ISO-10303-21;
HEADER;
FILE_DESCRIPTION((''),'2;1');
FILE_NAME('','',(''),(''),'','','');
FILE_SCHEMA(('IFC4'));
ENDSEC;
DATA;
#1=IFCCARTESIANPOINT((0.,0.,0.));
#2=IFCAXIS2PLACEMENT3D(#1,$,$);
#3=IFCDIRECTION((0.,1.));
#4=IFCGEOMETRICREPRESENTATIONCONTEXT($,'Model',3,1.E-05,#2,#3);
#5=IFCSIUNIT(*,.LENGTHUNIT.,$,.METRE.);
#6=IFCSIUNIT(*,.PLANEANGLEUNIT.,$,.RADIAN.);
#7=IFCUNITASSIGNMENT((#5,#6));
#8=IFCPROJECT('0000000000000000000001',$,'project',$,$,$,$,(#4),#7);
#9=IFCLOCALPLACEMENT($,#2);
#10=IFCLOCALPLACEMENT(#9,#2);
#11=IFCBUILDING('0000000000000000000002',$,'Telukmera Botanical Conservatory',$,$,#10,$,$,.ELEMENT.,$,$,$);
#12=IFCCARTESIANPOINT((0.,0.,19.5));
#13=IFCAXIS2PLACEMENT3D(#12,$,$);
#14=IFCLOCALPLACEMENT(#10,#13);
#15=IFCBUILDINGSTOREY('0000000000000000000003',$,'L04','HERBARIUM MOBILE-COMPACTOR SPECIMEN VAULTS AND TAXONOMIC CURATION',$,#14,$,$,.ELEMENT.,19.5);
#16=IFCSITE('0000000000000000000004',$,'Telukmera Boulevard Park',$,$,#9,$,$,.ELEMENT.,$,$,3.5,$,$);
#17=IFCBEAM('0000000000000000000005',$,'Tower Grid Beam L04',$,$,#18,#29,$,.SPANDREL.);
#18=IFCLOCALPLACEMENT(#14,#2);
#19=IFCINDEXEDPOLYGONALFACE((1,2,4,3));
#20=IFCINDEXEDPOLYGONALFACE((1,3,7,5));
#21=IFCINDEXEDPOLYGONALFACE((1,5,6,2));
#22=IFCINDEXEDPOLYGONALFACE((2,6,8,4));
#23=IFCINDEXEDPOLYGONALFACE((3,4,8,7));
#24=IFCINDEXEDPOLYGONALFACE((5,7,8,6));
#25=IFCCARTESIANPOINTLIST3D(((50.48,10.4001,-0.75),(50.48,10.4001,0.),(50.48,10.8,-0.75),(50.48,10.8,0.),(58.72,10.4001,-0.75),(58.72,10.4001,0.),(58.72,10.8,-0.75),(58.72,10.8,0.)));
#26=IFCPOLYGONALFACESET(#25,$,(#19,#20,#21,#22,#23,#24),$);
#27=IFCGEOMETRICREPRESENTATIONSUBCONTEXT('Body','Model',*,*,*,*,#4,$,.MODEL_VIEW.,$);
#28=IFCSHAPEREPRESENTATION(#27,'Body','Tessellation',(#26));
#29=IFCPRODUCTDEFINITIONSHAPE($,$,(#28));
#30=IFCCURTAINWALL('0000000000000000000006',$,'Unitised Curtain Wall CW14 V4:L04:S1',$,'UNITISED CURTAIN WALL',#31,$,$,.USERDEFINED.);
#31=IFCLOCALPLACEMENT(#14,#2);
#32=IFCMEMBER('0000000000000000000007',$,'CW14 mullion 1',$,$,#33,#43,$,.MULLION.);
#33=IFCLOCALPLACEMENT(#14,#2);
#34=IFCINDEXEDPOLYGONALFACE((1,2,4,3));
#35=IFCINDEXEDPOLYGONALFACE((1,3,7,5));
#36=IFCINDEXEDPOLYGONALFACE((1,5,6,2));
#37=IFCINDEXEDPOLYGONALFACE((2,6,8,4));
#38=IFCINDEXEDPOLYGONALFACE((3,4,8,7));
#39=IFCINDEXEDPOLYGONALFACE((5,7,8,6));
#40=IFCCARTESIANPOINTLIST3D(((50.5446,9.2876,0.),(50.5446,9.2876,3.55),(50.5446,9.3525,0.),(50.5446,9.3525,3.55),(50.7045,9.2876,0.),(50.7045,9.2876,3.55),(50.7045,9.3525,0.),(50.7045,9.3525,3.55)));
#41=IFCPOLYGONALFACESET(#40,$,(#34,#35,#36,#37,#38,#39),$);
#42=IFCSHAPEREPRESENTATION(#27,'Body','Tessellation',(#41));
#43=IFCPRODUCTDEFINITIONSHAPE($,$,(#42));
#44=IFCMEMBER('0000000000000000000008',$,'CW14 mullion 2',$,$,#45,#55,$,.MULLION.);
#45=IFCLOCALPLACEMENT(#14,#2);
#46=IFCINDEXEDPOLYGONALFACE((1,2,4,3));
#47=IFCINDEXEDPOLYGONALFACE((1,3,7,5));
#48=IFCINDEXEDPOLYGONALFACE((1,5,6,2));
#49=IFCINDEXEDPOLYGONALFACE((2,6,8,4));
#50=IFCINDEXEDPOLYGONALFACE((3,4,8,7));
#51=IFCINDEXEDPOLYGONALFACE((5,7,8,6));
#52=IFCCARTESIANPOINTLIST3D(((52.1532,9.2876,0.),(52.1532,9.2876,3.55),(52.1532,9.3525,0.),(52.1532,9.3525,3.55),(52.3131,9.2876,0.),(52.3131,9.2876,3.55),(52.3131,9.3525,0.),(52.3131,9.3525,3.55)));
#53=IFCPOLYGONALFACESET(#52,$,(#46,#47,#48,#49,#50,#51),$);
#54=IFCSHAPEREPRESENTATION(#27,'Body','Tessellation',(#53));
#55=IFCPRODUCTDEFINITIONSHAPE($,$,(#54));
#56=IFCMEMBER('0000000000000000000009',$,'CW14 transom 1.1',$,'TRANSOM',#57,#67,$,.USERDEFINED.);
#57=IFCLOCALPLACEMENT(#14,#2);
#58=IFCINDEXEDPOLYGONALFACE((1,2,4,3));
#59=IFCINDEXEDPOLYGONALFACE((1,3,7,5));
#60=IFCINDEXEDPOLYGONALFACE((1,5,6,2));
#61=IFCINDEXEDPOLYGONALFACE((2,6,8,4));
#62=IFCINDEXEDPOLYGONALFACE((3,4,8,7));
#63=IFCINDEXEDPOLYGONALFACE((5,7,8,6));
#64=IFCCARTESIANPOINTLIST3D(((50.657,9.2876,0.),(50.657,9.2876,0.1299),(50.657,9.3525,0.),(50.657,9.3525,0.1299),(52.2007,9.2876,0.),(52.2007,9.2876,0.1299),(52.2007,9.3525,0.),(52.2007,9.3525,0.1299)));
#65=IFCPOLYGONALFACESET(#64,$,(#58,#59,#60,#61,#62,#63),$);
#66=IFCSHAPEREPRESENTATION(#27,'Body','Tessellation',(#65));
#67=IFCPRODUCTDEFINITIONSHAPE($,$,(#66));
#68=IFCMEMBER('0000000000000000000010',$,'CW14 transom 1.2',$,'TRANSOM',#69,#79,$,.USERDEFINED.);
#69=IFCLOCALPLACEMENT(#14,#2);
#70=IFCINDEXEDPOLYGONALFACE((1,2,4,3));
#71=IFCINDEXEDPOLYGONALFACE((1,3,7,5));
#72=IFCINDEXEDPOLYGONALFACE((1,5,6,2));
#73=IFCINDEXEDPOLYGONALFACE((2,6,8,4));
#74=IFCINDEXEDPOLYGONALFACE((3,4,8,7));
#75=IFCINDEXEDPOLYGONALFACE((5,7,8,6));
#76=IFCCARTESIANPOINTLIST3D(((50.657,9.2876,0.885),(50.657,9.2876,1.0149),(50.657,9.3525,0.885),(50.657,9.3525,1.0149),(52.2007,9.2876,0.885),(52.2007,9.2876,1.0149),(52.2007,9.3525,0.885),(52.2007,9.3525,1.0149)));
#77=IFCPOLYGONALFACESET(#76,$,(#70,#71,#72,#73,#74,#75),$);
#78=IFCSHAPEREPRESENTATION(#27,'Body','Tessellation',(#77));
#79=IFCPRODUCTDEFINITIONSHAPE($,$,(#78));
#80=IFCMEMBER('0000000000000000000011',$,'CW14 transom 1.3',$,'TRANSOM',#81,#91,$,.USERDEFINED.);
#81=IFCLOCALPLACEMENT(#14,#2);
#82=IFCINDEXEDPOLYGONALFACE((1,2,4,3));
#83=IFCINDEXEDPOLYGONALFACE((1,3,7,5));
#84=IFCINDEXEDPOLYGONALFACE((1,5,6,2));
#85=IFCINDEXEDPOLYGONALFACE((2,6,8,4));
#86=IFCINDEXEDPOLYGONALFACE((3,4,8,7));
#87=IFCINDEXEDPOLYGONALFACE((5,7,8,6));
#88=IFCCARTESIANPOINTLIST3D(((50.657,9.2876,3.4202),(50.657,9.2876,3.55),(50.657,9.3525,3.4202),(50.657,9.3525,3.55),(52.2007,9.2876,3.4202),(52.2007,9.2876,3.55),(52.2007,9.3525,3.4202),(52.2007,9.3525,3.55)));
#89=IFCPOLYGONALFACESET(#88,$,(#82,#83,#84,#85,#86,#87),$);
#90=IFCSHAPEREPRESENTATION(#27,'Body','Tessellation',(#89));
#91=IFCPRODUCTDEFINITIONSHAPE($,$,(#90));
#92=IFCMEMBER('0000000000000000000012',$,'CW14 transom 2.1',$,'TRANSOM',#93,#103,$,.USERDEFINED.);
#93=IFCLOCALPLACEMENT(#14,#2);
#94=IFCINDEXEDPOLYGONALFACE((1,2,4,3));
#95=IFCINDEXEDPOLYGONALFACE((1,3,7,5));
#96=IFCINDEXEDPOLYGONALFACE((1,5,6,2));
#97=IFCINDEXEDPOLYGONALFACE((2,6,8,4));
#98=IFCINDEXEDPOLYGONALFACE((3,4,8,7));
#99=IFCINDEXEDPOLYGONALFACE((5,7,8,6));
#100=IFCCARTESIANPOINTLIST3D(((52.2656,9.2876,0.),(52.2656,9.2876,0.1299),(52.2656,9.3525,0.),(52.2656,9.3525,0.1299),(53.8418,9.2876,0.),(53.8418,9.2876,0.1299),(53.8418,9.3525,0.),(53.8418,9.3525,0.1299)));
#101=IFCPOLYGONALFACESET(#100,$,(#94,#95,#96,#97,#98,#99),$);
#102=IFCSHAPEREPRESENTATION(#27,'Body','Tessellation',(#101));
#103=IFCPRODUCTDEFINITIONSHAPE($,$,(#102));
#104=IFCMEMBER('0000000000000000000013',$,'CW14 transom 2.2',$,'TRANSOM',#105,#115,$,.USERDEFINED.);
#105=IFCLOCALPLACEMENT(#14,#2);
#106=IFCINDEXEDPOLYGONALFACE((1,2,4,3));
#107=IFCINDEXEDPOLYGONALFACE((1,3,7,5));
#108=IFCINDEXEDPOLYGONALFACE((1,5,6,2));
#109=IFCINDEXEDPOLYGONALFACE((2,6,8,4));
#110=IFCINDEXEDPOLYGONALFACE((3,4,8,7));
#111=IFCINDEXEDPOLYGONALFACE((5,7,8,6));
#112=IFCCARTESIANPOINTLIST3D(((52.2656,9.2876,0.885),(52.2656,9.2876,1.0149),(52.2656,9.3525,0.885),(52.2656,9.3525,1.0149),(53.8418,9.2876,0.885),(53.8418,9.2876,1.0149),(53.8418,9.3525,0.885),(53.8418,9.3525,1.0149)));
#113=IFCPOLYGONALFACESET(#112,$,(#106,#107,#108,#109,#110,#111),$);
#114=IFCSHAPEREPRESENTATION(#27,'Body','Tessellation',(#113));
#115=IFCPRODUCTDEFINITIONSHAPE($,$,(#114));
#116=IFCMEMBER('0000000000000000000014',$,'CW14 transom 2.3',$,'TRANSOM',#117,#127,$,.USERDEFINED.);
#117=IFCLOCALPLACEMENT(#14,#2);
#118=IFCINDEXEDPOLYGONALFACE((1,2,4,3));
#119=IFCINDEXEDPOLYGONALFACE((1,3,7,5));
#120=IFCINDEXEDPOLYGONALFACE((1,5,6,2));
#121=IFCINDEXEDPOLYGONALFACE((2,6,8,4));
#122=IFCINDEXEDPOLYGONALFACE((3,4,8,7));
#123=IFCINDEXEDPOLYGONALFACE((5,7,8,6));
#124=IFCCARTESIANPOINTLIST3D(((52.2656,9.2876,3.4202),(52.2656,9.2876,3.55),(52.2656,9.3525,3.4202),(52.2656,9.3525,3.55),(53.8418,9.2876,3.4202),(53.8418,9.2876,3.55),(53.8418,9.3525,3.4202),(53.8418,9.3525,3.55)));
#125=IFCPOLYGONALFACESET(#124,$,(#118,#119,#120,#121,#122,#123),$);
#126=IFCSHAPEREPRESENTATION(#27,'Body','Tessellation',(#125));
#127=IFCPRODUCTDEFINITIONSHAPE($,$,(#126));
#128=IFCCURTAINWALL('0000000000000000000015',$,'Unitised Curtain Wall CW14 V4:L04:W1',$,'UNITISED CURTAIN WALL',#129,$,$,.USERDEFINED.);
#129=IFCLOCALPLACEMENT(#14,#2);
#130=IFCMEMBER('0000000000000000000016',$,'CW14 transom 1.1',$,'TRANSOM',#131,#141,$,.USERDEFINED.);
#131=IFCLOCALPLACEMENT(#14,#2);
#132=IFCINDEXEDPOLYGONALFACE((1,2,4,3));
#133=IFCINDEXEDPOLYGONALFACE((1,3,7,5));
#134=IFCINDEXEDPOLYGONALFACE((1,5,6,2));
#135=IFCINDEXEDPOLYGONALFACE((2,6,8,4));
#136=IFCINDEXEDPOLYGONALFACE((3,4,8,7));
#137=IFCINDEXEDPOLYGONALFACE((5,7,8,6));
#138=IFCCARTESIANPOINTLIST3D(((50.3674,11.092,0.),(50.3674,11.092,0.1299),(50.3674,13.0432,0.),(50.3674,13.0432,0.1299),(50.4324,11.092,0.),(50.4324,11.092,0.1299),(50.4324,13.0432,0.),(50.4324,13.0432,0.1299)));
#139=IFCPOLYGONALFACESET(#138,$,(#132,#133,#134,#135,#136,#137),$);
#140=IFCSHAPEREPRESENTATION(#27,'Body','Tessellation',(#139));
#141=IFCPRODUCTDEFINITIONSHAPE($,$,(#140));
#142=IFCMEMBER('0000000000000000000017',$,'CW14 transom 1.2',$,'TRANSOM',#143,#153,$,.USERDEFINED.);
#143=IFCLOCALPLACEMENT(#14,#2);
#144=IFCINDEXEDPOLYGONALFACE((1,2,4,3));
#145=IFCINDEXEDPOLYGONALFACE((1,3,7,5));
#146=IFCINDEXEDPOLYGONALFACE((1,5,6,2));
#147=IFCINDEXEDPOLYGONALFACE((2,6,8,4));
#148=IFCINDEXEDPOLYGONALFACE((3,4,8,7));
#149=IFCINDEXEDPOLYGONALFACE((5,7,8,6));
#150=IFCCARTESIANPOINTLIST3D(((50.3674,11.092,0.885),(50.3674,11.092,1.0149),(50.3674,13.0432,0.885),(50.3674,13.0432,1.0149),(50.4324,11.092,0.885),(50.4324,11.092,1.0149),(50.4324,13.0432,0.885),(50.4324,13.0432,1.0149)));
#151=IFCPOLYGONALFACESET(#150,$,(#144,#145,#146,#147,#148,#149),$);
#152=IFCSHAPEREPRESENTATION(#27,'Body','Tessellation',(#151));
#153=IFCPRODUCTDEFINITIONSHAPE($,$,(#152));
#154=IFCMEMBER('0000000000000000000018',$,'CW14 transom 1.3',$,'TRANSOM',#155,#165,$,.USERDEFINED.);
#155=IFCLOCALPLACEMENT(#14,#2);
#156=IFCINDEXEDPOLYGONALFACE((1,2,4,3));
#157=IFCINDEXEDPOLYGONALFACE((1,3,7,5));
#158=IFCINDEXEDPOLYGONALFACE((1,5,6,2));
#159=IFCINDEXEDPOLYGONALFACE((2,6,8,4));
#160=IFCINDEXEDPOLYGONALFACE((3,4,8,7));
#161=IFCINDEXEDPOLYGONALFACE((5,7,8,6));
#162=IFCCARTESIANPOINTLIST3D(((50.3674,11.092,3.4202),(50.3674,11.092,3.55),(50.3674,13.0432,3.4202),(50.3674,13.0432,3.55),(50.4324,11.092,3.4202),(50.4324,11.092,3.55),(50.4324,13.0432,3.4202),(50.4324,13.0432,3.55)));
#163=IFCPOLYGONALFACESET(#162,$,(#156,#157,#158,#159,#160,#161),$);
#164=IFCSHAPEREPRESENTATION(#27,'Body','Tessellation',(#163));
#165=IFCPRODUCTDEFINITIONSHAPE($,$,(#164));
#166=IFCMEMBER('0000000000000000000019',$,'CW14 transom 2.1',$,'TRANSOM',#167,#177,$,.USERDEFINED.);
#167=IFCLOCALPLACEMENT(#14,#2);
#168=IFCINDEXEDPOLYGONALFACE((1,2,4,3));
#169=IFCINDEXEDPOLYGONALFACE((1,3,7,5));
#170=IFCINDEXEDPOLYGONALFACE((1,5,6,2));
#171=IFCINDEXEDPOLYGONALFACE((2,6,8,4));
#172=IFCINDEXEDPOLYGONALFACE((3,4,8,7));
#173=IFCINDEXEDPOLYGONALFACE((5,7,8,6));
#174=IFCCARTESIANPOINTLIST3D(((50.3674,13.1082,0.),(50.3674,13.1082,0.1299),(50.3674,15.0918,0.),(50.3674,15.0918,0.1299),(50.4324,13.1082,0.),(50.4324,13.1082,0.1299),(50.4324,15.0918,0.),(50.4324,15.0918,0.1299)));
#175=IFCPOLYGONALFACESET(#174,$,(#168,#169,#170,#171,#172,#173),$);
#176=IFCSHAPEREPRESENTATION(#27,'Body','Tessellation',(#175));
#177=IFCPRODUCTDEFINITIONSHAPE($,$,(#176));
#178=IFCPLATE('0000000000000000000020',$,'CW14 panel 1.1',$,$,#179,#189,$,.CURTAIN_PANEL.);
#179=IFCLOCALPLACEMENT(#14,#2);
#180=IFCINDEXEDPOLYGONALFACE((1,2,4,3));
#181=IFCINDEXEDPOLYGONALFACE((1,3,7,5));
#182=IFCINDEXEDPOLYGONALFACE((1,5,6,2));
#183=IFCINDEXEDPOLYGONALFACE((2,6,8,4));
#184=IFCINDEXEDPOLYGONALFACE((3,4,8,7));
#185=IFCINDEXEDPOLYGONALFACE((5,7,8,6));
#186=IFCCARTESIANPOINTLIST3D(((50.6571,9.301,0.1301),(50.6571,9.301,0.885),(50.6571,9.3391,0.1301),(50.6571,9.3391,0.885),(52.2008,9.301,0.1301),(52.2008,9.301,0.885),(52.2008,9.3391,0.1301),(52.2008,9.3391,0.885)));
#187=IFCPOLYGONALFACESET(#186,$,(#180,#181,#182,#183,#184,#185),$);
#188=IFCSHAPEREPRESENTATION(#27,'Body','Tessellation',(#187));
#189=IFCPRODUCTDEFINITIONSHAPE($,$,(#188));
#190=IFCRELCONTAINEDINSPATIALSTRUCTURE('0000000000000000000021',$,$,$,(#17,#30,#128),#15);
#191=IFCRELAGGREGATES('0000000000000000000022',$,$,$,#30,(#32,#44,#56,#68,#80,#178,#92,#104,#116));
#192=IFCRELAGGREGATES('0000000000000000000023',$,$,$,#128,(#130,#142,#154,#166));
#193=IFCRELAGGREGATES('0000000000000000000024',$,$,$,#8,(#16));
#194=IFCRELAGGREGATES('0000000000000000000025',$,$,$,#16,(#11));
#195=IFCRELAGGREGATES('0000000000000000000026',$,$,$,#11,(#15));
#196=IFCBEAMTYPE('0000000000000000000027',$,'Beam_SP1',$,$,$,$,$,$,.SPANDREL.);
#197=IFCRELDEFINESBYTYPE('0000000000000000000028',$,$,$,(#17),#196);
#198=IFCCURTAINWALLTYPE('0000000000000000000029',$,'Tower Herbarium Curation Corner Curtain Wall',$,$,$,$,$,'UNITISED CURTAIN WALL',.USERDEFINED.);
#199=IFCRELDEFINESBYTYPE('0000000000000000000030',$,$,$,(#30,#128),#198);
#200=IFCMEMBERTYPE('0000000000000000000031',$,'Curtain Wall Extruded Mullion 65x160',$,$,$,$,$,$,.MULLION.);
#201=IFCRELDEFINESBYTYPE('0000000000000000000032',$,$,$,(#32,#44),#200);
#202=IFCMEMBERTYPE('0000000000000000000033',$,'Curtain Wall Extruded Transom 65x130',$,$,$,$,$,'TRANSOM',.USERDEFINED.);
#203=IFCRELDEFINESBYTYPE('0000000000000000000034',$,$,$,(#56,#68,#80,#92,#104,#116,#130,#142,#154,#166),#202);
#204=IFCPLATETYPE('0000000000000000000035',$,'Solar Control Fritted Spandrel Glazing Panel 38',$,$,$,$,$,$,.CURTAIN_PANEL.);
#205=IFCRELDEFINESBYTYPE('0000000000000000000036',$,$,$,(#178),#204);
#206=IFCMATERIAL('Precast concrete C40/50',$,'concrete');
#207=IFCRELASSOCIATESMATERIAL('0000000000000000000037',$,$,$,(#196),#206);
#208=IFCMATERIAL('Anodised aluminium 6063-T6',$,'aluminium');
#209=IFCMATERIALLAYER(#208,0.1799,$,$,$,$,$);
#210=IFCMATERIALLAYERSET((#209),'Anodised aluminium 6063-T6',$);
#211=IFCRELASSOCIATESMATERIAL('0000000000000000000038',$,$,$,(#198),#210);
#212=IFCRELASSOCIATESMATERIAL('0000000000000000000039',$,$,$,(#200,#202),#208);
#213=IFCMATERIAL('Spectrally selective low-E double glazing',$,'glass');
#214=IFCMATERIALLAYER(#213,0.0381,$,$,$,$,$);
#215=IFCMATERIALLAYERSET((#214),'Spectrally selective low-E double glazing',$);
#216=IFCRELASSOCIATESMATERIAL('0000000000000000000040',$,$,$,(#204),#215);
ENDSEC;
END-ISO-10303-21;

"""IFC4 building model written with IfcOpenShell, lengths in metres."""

from ifc_helpers import new_model, si_unit, direction, frame, origin, origin_2d, place, context, subcontext, project, spatial, rectangle, extrude, material, layer, layer_set, material_profile, profile_set, type_object, element, aggregate, save


model = new_model("IFC4")

# Units and contexts
model_context = context("Model", 3, precision=1e-05, world=origin(), true_north=direction((0.0, 1.0)))
body_context = subcontext(model_context, "Body", "Model", "MODEL_VIEW")
ifc_project = project(units=[si_unit("LENGTHUNIT", "METRE"), si_unit("PLANEANGLEUNIT", "RADIAN")], contexts=[model_context])

# Site, building, storey
site_placement = place(None, origin())
site = spatial("IfcSite", under=ifc_project, at=site_placement, Name="Telukmera Boulevard Park", CompositionType="ELEMENT", RefElevation=3.5)
building_placement = place(site_placement, origin())
building = spatial("IfcBuilding", under=site, at=building_placement, Name="Telukmera Botanical Conservatory", CompositionType="ELEMENT")
storey_placement = place(building_placement, frame((0.0, 0.0, 19.5)))
storey = spatial("IfcBuildingStorey", under=building, at=storey_placement, Name="L04", Description="HERBARIUM MOBILE-COMPACTOR SPECIMEN VAULTS AND TAXONOMIC CURATION", CompositionType="ELEMENT", Elevation=19.5)

# Beam
ifc_material_1 = material(Name="Precast concrete C40/50", Category="concrete")
ifc_material_profile_1 = material_profile(ifc_material_1, rectangle(XDim=0.3999, YDim=0.75, at=origin_2d()), Name="PC 400x750")
ifc_profile_set_1 = profile_set([ifc_material_profile_1], Name="Precast concrete C40/50")
beam_type = type_object("IfcBeamType", Name="Beam_SP1", PredefinedType="SPANDREL", material=ifc_profile_set_1)
beam_placement = place(storey_placement, frame((50.48, 10.6001, -0.375), z_axis=(1.0, 0.0, 0.0), x_axis=(0.0, 1.0, 0.0)))
element("IfcBeam", 1, at=beam_placement, inside=storey, type_object=beam_type, Name="Tower Grid Beam L04", PredefinedType="SPANDREL", context=body_context, shape_type="SweptSolid", body=[
    extrude(rectangle(XDim=0.3999, YDim=0.75, at=origin_2d()), origin(), (0.0, 0.0, 1.0), 8.24),
])

# Curtain walls, members
ifc_material_2 = material(Name="Anodised aluminium 6063-T6", Category="aluminium")
ifc_layer_1 = layer(ifc_material_2, 0.1799)
ifc_layer_set_1 = layer_set([ifc_layer_1], Name="Anodised aluminium 6063-T6")
curtain_wall_type = type_object("IfcCurtainWallType", Name="Tower Herbarium Curation Corner Curtain Wall", ElementType="UNITISED CURTAIN WALL", PredefinedType="USERDEFINED", material=ifc_layer_set_1)
curtain_wall_1_placement = place(storey_placement, origin())
curtain_wall_1 = element("IfcCurtainWall", 2, at=curtain_wall_1_placement, inside=storey, type_object=curtain_wall_type, Name="Unitised Curtain Wall CW14 V4:L04:S1", ObjectType="UNITISED CURTAIN WALL", PredefinedType="USERDEFINED")
ifc_material_profile_2 = material_profile(ifc_material_2, rectangle(XDim=0.0649, YDim=0.1599, at=origin_2d()), Name="ALU MULL 65x160")
ifc_profile_set_2 = profile_set([ifc_material_profile_2], Name="Anodised aluminium 6063-T6")
member_type_1 = type_object("IfcMemberType", Name="Curtain Wall Extruded Mullion 65x160", PredefinedType="MULLION", material=ifc_profile_set_2)
member_1_placement = place(storey_placement, frame((50.6245, 9.3201, 0.0), z_axis=(0.0, 0.0, 1.0), x_axis=(0.0, 1.0, 0.0)))
member_1 = element("IfcMember", 3, at=member_1_placement, type_object=member_type_1, Name="CW14 mullion 1", PredefinedType="MULLION", context=body_context, shape_type="SweptSolid", body=[
    extrude(rectangle(XDim=0.0649, YDim=0.1599, at=origin_2d()), origin(), (0.0, 0.0, 1.0), 3.55),
])
member_2_placement = place(storey_placement, frame((52.2332, 9.3201, 0.0), z_axis=(0.0, 0.0, 1.0), x_axis=(0.0, 1.0, 0.0)))
member_2 = element("IfcMember", 4, at=member_2_placement, type_object=member_type_1, Name="CW14 mullion 2", PredefinedType="MULLION", context=body_context, shape_type="SweptSolid", body=[
    extrude(rectangle(XDim=0.0649, YDim=0.1599, at=origin_2d()), origin(), (0.0, 0.0, 1.0), 3.55),
])
ifc_material_profile_3 = material_profile(ifc_material_2, rectangle(XDim=0.0649, YDim=0.1299, at=origin_2d()), Name="ALU TRAN 65x130")
ifc_profile_set_3 = profile_set([ifc_material_profile_3], Name="Anodised aluminium 6063-T6")
member_type_2 = type_object("IfcMemberType", Name="Curtain Wall Extruded Transom 65x130", ElementType="TRANSOM", PredefinedType="USERDEFINED", material=ifc_profile_set_3)
member_3_placement = place(storey_placement, frame((50.657, 9.3201, 0.0649), z_axis=(1.0, 0.0, 0.0), x_axis=(0.0, 1.0, 0.0)))
member_3 = element("IfcMember", 5, at=member_3_placement, type_object=member_type_2, Name="CW14 transom 1.1", ObjectType="TRANSOM", PredefinedType="USERDEFINED", context=body_context, shape_type="SweptSolid", body=[
    extrude(rectangle(XDim=0.0649, YDim=0.1299, at=origin_2d()), origin(), (0.0, 0.0, 1.0), 1.5437),
])
member_4_placement = place(storey_placement, frame((50.657, 9.3201, 0.95), z_axis=(1.0, 0.0, 0.0), x_axis=(0.0, 1.0, 0.0)))
member_4 = element("IfcMember", 6, at=member_4_placement, type_object=member_type_2, Name="CW14 transom 1.2", ObjectType="TRANSOM", PredefinedType="USERDEFINED", context=body_context, shape_type="SweptSolid", body=[
    extrude(rectangle(XDim=0.0649, YDim=0.1299, at=origin_2d()), origin(), (0.0, 0.0, 1.0), 1.5437),
])
member_5_placement = place(storey_placement, frame((50.657, 9.3201, 3.4851), z_axis=(1.0, 0.0, 0.0), x_axis=(0.0, 1.0, 0.0)))
member_5 = element("IfcMember", 7, at=member_5_placement, type_object=member_type_2, Name="CW14 transom 1.3", ObjectType="TRANSOM", PredefinedType="USERDEFINED", context=body_context, shape_type="SweptSolid", body=[
    extrude(rectangle(XDim=0.0649, YDim=0.1299, at=origin_2d()), origin(), (0.0, 0.0, 1.0), 1.5437),
])
member_6_placement = place(storey_placement, frame((52.2656, 9.3201, 0.0649), z_axis=(1.0, 0.0, 0.0), x_axis=(0.0, 1.0, 0.0)))
member_6 = element("IfcMember", 8, at=member_6_placement, type_object=member_type_2, Name="CW14 transom 2.1", ObjectType="TRANSOM", PredefinedType="USERDEFINED", context=body_context, shape_type="SweptSolid", body=[
    extrude(rectangle(XDim=0.0649, YDim=0.1299, at=origin_2d()), origin(), (0.0, 0.0, 1.0), 1.5762),
])
member_7_placement = place(storey_placement, frame((52.2656, 9.3201, 0.95), z_axis=(1.0, 0.0, 0.0), x_axis=(0.0, 1.0, 0.0)))
member_7 = element("IfcMember", 9, at=member_7_placement, type_object=member_type_2, Name="CW14 transom 2.2", ObjectType="TRANSOM", PredefinedType="USERDEFINED", context=body_context, shape_type="SweptSolid", body=[
    extrude(rectangle(XDim=0.0649, YDim=0.1299, at=origin_2d()), origin(), (0.0, 0.0, 1.0), 1.5762),
])
member_8_placement = place(storey_placement, frame((52.2656, 9.3201, 3.4851), z_axis=(1.0, 0.0, 0.0), x_axis=(0.0, 1.0, 0.0)))
member_8 = element("IfcMember", 10, at=member_8_placement, type_object=member_type_2, Name="CW14 transom 2.3", ObjectType="TRANSOM", PredefinedType="USERDEFINED", context=body_context, shape_type="SweptSolid", body=[
    extrude(rectangle(XDim=0.0649, YDim=0.1299, at=origin_2d()), origin(), (0.0, 0.0, 1.0), 1.5762),
])
curtain_wall_2_placement = place(storey_placement, origin())
curtain_wall_2 = element("IfcCurtainWall", 11, at=curtain_wall_2_placement, inside=storey, type_object=curtain_wall_type, Name="Unitised Curtain Wall CW14 V4:L04:W1", ObjectType="UNITISED CURTAIN WALL", PredefinedType="USERDEFINED")
member_9_placement = place(storey_placement, frame((50.3999, 11.092, 0.0649), z_axis=(0.0, 1.0, 0.0), x_axis=(-1.0, 0.0, 0.0)))
member_9 = element("IfcMember", 12, at=member_9_placement, type_object=member_type_2, Name="CW14 transom 1.1", ObjectType="TRANSOM", PredefinedType="USERDEFINED", context=body_context, shape_type="SweptSolid", body=[
    extrude(rectangle(XDim=0.0649, YDim=0.1299, at=origin_2d()), origin(), (0.0, 0.0, 1.0), 1.9512),
])
member_10_placement = place(storey_placement, frame((50.3999, 11.092, 0.95), z_axis=(0.0, 1.0, 0.0), x_axis=(-1.0, 0.0, 0.0)))
member_10 = element("IfcMember", 13, at=member_10_placement, type_object=member_type_2, Name="CW14 transom 1.2", ObjectType="TRANSOM", PredefinedType="USERDEFINED", context=body_context, shape_type="SweptSolid", body=[
    extrude(rectangle(XDim=0.0649, YDim=0.1299, at=origin_2d()), origin(), (0.0, 0.0, 1.0), 1.9512),
])
member_11_placement = place(storey_placement, frame((50.3999, 11.092, 3.4851), z_axis=(0.0, 1.0, 0.0), x_axis=(-1.0, 0.0, 0.0)))
member_11 = element("IfcMember", 14, at=member_11_placement, type_object=member_type_2, Name="CW14 transom 1.3", ObjectType="TRANSOM", PredefinedType="USERDEFINED", context=body_context, shape_type="SweptSolid", body=[
    extrude(rectangle(XDim=0.0649, YDim=0.1299, at=origin_2d()), origin(), (0.0, 0.0, 1.0), 1.9512),
])
member_12_placement = place(storey_placement, frame((50.3999, 13.1082, 0.0649), z_axis=(0.0, 1.0, 0.0), x_axis=(-1.0, 0.0, 0.0)))
member_12 = element("IfcMember", 15, at=member_12_placement, type_object=member_type_2, Name="CW14 transom 2.1", ObjectType="TRANSOM", PredefinedType="USERDEFINED", context=body_context, shape_type="SweptSolid", body=[
    extrude(rectangle(XDim=0.0649, YDim=0.1299, at=origin_2d()), origin(), (0.0, 0.0, 1.0), 1.9836),
])

# Plate
ifc_material_3 = material(Name="Spectrally selective low-E double glazing", Category="glass")
ifc_layer_2 = layer(ifc_material_3, 0.0381)
ifc_layer_set_2 = layer_set([ifc_layer_2], Name="Spectrally selective low-E double glazing")
plate_type = type_object("IfcPlateType", Name="Solar Control Fritted Spandrel Glazing Panel 38", PredefinedType="CURTAIN_PANEL", material=ifc_layer_set_2)
plate_1_placement = place(storey_placement, frame((51.429, 9.3201, 0.1301), z_axis=(0.0, 0.0, 1.0), x_axis=(1.0, 0.0, 0.0)))
plate_1 = element("IfcPlate", 16, at=plate_1_placement, type_object=plate_type, Name="CW14 panel 1.1", PredefinedType="CURTAIN_PANEL", context=body_context, shape_type="SweptSolid", body=[
    extrude(rectangle(XDim=1.5437, YDim=0.0381, at=origin_2d()), origin(), (0.0, 0.0, 1.0), 0.7549),
])
aggregate(curtain_wall_1, [member_1, member_2, member_3, member_4, member_5, plate_1, member_6, member_7, member_8])
aggregate(curtain_wall_2, [member_9, member_10, member_11, member_12])

save(model, "model.ifc")
